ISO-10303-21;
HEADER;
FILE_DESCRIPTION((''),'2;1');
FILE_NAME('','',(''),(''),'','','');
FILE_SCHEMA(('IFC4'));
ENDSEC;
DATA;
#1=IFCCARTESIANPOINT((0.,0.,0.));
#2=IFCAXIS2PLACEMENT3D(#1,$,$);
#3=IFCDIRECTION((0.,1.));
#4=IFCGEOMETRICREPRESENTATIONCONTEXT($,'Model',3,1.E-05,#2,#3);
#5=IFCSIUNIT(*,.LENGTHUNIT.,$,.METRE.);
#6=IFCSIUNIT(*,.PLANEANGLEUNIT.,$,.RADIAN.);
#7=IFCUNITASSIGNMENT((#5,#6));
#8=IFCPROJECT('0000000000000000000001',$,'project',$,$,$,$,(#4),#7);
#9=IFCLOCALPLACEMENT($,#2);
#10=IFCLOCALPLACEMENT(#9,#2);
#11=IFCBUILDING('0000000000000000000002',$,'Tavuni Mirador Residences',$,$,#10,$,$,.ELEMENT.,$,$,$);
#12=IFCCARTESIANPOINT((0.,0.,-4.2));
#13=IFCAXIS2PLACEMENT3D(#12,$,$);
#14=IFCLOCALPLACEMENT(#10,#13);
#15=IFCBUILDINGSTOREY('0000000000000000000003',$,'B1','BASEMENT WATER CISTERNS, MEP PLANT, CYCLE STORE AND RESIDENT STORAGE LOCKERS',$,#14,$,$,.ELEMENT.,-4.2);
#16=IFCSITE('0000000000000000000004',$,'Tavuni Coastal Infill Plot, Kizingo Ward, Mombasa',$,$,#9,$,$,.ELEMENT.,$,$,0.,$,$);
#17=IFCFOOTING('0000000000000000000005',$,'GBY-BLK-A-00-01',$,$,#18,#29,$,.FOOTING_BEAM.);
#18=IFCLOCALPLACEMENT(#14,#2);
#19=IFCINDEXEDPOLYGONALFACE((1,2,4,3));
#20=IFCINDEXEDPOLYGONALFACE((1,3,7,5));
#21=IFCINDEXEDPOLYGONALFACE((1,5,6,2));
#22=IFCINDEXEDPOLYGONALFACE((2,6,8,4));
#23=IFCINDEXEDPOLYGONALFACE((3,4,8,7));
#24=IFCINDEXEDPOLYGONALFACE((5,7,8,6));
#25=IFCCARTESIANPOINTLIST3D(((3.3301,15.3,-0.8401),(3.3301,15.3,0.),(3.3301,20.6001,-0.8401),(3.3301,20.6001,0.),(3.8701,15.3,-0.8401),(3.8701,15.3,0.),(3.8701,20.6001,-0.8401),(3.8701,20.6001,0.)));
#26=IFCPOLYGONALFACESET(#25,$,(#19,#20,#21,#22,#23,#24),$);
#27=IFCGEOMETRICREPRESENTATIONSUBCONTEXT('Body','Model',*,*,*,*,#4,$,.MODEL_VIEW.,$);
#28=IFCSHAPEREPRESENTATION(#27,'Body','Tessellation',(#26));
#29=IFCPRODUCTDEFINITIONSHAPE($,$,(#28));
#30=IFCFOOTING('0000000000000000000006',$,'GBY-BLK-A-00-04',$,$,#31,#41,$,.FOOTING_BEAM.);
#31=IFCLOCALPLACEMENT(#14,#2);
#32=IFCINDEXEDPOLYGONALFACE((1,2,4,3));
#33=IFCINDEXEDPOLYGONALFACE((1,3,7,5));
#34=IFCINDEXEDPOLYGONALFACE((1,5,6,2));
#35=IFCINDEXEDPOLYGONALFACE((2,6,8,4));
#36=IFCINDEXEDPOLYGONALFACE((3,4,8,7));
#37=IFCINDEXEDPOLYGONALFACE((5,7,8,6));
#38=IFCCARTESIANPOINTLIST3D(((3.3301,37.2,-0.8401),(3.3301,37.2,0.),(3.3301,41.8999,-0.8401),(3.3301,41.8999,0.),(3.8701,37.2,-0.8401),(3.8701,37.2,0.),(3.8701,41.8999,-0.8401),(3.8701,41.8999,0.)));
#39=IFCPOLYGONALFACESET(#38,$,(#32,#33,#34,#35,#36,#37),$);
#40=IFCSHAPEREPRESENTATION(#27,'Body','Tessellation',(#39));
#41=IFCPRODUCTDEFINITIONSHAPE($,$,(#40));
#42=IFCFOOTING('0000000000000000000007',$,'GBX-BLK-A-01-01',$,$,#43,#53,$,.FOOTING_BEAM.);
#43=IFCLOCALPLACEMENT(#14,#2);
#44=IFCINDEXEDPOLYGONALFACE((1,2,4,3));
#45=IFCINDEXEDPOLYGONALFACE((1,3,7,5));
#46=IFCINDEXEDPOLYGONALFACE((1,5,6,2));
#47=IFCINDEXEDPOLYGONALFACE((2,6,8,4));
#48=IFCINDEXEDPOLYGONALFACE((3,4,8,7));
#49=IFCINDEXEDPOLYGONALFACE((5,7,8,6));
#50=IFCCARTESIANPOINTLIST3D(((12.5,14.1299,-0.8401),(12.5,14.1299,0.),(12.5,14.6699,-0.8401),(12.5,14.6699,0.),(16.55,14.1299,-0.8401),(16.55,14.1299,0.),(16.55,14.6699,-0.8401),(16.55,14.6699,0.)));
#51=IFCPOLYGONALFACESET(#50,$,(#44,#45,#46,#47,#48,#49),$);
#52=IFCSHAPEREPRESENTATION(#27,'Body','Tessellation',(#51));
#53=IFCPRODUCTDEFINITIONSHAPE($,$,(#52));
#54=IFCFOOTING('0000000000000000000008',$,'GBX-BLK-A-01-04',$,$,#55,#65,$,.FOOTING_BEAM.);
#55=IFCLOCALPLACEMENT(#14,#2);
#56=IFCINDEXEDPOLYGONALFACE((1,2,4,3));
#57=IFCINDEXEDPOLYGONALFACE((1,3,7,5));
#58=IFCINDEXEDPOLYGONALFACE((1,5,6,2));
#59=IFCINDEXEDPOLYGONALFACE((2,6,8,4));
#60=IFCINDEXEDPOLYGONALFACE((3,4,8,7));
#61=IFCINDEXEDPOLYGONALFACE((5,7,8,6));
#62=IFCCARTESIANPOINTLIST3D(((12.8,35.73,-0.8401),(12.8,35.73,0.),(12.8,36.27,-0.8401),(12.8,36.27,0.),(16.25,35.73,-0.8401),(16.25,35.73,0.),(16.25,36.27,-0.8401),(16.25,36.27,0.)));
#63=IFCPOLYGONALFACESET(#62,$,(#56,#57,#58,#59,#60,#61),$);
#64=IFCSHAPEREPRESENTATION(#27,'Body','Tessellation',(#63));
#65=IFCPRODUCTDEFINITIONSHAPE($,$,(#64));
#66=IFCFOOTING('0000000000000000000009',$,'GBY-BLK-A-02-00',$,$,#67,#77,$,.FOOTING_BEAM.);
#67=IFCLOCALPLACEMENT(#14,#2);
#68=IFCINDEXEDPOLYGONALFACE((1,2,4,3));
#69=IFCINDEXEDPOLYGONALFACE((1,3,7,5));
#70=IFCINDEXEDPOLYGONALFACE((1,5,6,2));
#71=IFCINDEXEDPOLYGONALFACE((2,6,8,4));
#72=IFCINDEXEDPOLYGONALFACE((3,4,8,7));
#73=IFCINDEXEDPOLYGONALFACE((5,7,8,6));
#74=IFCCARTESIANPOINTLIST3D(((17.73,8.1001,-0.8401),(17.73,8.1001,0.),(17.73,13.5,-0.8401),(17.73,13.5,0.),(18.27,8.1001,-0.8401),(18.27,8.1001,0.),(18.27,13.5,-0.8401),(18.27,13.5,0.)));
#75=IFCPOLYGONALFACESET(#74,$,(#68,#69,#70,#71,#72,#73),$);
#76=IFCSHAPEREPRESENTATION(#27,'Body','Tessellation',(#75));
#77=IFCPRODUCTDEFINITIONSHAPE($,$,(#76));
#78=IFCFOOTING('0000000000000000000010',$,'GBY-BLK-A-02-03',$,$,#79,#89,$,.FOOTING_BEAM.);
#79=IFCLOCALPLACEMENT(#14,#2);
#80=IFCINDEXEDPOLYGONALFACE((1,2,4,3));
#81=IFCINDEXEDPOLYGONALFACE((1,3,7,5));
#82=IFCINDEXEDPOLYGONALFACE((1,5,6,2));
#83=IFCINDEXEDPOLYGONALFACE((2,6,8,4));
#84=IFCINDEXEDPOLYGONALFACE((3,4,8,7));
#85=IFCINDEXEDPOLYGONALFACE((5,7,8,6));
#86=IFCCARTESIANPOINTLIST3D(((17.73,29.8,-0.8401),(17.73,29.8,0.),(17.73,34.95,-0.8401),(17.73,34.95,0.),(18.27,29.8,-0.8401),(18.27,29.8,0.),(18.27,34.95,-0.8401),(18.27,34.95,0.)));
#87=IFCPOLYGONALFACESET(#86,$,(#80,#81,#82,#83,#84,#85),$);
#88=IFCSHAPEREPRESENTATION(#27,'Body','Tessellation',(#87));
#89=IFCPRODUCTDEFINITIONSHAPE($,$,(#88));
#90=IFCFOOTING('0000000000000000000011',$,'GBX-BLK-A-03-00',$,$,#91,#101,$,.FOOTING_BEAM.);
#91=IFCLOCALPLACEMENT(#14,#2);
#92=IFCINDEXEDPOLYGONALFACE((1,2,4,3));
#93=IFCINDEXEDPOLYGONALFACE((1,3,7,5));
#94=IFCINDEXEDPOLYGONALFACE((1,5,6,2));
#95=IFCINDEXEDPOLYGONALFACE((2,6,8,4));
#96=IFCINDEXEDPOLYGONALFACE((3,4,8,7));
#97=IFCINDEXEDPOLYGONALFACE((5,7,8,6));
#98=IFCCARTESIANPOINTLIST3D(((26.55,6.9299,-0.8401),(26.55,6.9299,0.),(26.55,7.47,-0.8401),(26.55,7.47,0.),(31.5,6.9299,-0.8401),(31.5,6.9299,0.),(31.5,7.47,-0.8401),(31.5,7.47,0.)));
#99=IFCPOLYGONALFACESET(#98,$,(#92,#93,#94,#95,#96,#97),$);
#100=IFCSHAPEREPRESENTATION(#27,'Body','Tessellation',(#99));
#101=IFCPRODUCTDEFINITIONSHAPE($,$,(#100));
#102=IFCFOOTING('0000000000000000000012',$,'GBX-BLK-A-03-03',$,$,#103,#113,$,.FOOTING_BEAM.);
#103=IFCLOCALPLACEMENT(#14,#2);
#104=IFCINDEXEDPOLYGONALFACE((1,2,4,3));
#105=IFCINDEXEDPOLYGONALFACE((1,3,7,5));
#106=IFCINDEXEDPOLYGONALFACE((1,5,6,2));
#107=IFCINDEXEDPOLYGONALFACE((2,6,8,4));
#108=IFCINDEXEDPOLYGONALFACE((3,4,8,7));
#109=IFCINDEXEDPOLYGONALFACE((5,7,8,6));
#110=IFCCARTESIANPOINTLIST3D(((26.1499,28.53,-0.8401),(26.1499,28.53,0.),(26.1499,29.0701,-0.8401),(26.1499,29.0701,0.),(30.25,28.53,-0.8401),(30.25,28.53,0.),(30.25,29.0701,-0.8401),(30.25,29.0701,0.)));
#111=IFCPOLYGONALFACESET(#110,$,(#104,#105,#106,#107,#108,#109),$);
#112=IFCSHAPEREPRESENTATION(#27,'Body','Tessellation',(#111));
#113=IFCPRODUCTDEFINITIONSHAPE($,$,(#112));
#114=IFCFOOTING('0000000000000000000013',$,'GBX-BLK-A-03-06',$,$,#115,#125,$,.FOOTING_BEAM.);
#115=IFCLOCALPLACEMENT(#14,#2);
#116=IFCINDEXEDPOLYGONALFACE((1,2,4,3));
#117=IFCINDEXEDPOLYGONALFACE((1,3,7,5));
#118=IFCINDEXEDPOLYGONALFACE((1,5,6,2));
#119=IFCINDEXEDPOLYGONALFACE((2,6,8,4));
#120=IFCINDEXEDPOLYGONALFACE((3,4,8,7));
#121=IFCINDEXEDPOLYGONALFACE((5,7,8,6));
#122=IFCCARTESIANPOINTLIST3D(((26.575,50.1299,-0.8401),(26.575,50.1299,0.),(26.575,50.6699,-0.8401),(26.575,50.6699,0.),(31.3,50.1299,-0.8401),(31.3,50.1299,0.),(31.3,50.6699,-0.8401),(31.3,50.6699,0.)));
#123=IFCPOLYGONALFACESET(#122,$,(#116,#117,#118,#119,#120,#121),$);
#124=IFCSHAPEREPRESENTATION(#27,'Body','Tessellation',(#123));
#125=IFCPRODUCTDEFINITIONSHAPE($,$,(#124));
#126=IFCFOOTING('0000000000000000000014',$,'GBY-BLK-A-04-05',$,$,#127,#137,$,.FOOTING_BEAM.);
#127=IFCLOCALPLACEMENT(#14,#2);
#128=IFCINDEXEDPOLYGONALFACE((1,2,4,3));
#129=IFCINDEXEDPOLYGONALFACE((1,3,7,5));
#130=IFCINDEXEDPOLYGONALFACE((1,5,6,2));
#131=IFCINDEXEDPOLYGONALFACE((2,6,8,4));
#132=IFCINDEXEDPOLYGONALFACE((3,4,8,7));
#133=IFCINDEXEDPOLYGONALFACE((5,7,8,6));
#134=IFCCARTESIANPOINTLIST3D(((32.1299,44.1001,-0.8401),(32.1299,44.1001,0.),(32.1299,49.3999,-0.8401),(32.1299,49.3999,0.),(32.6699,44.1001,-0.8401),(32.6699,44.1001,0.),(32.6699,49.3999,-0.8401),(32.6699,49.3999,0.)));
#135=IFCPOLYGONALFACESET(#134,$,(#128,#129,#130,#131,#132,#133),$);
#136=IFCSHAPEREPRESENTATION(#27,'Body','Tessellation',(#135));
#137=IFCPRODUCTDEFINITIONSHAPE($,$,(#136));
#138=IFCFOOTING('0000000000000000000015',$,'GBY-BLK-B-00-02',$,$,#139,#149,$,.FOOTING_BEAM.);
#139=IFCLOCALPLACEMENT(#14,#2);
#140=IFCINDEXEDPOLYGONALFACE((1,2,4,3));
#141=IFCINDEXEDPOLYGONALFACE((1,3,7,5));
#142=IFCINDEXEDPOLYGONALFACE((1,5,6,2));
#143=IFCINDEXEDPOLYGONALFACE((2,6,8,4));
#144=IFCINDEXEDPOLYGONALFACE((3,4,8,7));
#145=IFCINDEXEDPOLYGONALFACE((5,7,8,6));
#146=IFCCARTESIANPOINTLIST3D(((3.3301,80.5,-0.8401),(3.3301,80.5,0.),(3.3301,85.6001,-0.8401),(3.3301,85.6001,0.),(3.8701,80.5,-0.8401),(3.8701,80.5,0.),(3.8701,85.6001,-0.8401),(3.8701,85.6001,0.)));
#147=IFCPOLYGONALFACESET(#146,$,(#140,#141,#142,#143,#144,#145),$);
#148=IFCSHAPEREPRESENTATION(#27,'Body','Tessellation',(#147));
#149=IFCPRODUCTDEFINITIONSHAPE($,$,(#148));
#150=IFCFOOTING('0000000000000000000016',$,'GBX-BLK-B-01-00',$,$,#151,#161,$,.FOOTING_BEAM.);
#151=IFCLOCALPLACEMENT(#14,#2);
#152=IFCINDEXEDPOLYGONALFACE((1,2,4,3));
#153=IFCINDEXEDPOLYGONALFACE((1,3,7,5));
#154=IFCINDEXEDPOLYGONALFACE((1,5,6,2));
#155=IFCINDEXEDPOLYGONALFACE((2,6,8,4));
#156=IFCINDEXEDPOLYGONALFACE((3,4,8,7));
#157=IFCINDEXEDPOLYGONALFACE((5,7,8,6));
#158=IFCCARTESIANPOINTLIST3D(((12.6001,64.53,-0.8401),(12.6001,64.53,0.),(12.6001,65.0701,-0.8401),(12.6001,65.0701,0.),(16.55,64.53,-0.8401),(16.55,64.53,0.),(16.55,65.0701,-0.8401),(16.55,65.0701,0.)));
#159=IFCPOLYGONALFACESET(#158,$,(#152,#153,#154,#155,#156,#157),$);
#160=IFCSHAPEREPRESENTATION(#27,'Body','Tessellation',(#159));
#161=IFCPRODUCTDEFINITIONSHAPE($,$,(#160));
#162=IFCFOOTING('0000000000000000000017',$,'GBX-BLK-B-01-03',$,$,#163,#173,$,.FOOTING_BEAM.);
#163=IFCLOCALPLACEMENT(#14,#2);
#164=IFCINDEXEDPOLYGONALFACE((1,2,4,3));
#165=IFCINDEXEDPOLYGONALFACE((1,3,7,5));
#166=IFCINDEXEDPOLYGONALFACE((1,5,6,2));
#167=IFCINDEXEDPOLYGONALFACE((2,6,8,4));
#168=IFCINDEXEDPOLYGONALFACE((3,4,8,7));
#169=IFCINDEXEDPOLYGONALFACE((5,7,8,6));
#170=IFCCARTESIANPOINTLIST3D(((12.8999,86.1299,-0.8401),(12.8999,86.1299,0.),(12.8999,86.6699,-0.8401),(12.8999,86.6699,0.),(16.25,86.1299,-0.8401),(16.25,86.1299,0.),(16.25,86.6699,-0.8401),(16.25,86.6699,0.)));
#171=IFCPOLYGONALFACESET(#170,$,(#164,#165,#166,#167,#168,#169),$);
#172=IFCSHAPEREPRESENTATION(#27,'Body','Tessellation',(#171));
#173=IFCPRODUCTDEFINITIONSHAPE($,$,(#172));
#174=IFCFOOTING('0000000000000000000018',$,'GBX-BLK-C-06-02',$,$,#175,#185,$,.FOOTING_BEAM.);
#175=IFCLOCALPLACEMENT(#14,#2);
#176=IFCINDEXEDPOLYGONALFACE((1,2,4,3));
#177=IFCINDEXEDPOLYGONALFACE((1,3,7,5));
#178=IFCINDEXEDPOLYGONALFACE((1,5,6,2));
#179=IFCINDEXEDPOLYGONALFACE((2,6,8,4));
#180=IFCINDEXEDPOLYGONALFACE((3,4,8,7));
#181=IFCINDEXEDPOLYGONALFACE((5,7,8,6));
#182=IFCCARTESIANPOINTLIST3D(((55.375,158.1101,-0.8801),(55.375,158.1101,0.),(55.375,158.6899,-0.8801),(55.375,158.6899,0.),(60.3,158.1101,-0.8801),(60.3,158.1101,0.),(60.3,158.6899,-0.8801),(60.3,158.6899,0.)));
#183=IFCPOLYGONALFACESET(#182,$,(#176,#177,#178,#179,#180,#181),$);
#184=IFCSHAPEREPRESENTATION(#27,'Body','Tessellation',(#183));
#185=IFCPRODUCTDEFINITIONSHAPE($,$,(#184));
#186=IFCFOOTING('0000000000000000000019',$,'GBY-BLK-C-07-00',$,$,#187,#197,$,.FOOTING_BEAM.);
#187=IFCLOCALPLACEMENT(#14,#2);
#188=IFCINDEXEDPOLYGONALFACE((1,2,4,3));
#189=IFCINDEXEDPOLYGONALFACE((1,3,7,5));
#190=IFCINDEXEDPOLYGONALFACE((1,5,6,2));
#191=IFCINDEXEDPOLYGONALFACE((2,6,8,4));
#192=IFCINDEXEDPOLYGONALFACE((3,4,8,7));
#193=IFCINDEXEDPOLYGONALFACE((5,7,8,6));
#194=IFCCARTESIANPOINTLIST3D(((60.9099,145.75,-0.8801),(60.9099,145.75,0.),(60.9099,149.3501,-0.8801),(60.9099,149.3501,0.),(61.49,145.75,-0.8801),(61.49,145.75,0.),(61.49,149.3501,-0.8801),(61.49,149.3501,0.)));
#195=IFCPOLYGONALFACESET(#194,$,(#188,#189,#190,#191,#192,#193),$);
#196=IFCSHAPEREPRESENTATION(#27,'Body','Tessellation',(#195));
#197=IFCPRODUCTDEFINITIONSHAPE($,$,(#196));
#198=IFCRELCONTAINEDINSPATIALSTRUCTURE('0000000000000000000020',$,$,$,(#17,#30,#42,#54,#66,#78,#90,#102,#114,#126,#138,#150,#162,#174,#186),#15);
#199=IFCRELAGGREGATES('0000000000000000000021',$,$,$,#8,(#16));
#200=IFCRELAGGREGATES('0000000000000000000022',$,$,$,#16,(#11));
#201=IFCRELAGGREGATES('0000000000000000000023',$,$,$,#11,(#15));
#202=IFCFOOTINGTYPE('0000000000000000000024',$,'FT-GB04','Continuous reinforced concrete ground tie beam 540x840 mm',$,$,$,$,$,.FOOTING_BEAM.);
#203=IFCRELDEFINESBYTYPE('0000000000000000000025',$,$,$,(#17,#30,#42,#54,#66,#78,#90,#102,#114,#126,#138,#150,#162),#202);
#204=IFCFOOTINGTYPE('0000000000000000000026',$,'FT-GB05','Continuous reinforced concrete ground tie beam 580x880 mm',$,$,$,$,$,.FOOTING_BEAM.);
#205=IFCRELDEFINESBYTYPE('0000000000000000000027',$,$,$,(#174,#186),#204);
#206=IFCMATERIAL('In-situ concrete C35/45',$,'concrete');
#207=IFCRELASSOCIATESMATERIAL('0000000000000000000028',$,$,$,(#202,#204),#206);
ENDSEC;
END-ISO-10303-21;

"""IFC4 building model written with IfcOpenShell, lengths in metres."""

from ifc_helpers import new_model, si_unit, direction, frame, origin, place, context, subcontext, project, spatial, polyline, outline, extrude, material, type_object, element, save


model = new_model("IFC4")

# Units and contexts
model_context = context("Model", 3, precision=1e-05, world=origin(), true_north=direction((0.0, 1.0)))
body_context = subcontext(model_context, "Body", "Model", "MODEL_VIEW")
ifc_project = project(units=[si_unit("LENGTHUNIT", "METRE"), si_unit("PLANEANGLEUNIT", "RADIAN")], contexts=[model_context])

# Site, building, storey
site_placement = place(None, origin())
site = spatial("IfcSite", under=ifc_project, at=site_placement, Name="Tavuni Coastal Infill Plot, Kizingo Ward, Mombasa", CompositionType="ELEMENT", RefElevation=0.0)
building_placement = place(site_placement, origin())
building = spatial("IfcBuilding", under=site, at=building_placement, Name="Tavuni Mirador Residences", CompositionType="ELEMENT")
storey_placement = place(building_placement, frame((0.0, 0.0, -4.2)))
storey = spatial("IfcBuildingStorey", under=building, at=storey_placement, Name="B1", Description="BASEMENT WATER CISTERNS, MEP PLANT, CYCLE STORE AND RESIDENT STORAGE LOCKERS", CompositionType="ELEMENT", Elevation=-4.2)

# Footings
ifc_material = material(Name="In-situ concrete C35/45", Category="concrete")
footing_type_1 = type_object("IfcFootingType", Name="FT-GB04", Description="Continuous reinforced concrete ground tie beam 540x840 mm", PredefinedType="FOOTING_BEAM", material=ifc_material)
footing_1_placement = place(storey_placement, frame((0.0, 0.0, -0.8401)))
element("IfcFooting", 1, at=footing_1_placement, inside=storey, type_object=footing_type_1, Name="GBY-BLK-A-00-01", PredefinedType="FOOTING_BEAM", context=body_context, shape_type="SweptSolid", body=[
    extrude(outline(polyline([(3.3301, 15.3), (3.8701, 15.3), (3.8701, 20.6001), (3.3301, 20.6001), (3.3301, 15.3)])), origin(), (0.0, 0.0, 1.0), 0.8401),
])
footing_2_placement = place(storey_placement, frame((0.0, 0.0, -0.8401)))
element("IfcFooting", 2, at=footing_2_placement, inside=storey, type_object=footing_type_1, Name="GBY-BLK-A-00-04", PredefinedType="FOOTING_BEAM", context=body_context, shape_type="SweptSolid", body=[
    extrude(outline(polyline([(3.3301, 37.2), (3.8701, 37.2), (3.8701, 41.8999), (3.3301, 41.8999), (3.3301, 37.2)])), origin(), (0.0, 0.0, 1.0), 0.8401),
])
footing_3_placement = place(storey_placement, frame((0.0, 0.0, -0.8401)))
element("IfcFooting", 3, at=footing_3_placement, inside=storey, type_object=footing_type_1, Name="GBX-BLK-A-01-01", PredefinedType="FOOTING_BEAM", context=body_context, shape_type="SweptSolid", body=[
    extrude(outline(polyline([(12.5, 14.1299), (16.55, 14.1299), (16.55, 14.6699), (12.5, 14.6699), (12.5, 14.1299)])), origin(), (0.0, 0.0, 1.0), 0.8401),
])
footing_4_placement = place(storey_placement, frame((0.0, 0.0, -0.8401)))
element("IfcFooting", 4, at=footing_4_placement, inside=storey, type_object=footing_type_1, Name="GBX-BLK-A-01-04", PredefinedType="FOOTING_BEAM", context=body_context, shape_type="SweptSolid", body=[
    extrude(outline(polyline([(12.8, 35.73), (16.25, 35.73), (16.25, 36.27), (12.8, 36.27), (12.8, 35.73)])), origin(), (0.0, 0.0, 1.0), 0.8401),
])
footing_5_placement = place(storey_placement, frame((0.0, 0.0, -0.8401)))
element("IfcFooting", 5, at=footing_5_placement, inside=storey, type_object=footing_type_1, Name="GBY-BLK-A-02-00", PredefinedType="FOOTING_BEAM", context=body_context, shape_type="SweptSolid", body=[
    extrude(outline(polyline([(17.73, 8.1001), (18.27, 8.1001), (18.27, 13.5), (17.73, 13.5), (17.73, 8.1001)])), origin(), (0.0, 0.0, 1.0), 0.8401),
])
footing_6_placement = place(storey_placement, frame((0.0, 0.0, -0.8401)))
element("IfcFooting", 6, at=footing_6_placement, inside=storey, type_object=footing_type_1, Name="GBY-BLK-A-02-03", PredefinedType="FOOTING_BEAM", context=body_context, shape_type="SweptSolid", body=[
    extrude(outline(polyline([(17.73, 29.8), (18.27, 29.8), (18.27, 34.95), (17.73, 34.95), (17.73, 29.8)])), origin(), (0.0, 0.0, 1.0), 0.8401),
])
footing_7_placement = place(storey_placement, frame((0.0, 0.0, -0.8401)))
element("IfcFooting", 7, at=footing_7_placement, inside=storey, type_object=footing_type_1, Name="GBX-BLK-A-03-00", PredefinedType="FOOTING_BEAM", context=body_context, shape_type="SweptSolid", body=[
    extrude(outline(polyline([(26.55, 6.9299), (31.5, 6.9299), (31.5, 7.47), (26.55, 7.47), (26.55, 6.9299)])), origin(), (0.0, 0.0, 1.0), 0.8401),
])
footing_8_placement = place(storey_placement, frame((0.0, 0.0, -0.8401)))
element("IfcFooting", 8, at=footing_8_placement, inside=storey, type_object=footing_type_1, Name="GBX-BLK-A-03-03", PredefinedType="FOOTING_BEAM", context=body_context, shape_type="SweptSolid", body=[
    extrude(outline(polyline([(26.1499, 28.53), (30.25, 28.53), (30.25, 29.0701), (26.1499, 29.0701), (26.1499, 28.53)])), origin(), (0.0, 0.0, 1.0), 0.8401),
])
footing_9_placement = place(storey_placement, frame((0.0, 0.0, -0.8401)))
element("IfcFooting", 9, at=footing_9_placement, inside=storey, type_object=footing_type_1, Name="GBX-BLK-A-03-06", PredefinedType="FOOTING_BEAM", context=body_context, shape_type="SweptSolid", body=[
    extrude(outline(polyline([(26.575, 50.1299), (31.3, 50.1299), (31.3, 50.6699), (26.575, 50.6699), (26.575, 50.1299)])), origin(), (0.0, 0.0, 1.0), 0.8401),
])
footing_10_placement = place(storey_placement, frame((0.0, 0.0, -0.8401)))
element("IfcFooting", 10, at=footing_10_placement, inside=storey, type_object=footing_type_1, Name="GBY-BLK-A-04-05", PredefinedType="FOOTING_BEAM", context=body_context, shape_type="SweptSolid", body=[
    extrude(outline(polyline([(32.1299, 44.1001), (32.6699, 44.1001), (32.6699, 49.3999), (32.1299, 49.3999), (32.1299, 44.1001)])), origin(), (0.0, 0.0, 1.0), 0.8401),
])
footing_11_placement = place(storey_placement, frame((0.0, 0.0, -0.8401)))
element("IfcFooting", 11, at=footing_11_placement, inside=storey, type_object=footing_type_1, Name="GBY-BLK-B-00-02", PredefinedType="FOOTING_BEAM", context=body_context, shape_type="SweptSolid", body=[
    extrude(outline(polyline([(3.3301, 80.5), (3.8701, 80.5), (3.8701, 85.6001), (3.3301, 85.6001), (3.3301, 80.5)])), origin(), (0.0, 0.0, 1.0), 0.8401),
])
footing_12_placement = place(storey_placement, frame((0.0, 0.0, -0.8401)))
element("IfcFooting", 12, at=footing_12_placement, inside=storey, type_object=footing_type_1, Name="GBX-BLK-B-01-00", PredefinedType="FOOTING_BEAM", context=body_context, shape_type="SweptSolid", body=[
    extrude(outline(polyline([(12.6001, 64.53), (16.55, 64.53), (16.55, 65.0701), (12.6001, 65.0701), (12.6001, 64.53)])), origin(), (0.0, 0.0, 1.0), 0.8401),
])
footing_13_placement = place(storey_placement, frame((0.0, 0.0, -0.8401)))
element("IfcFooting", 13, at=footing_13_placement, inside=storey, type_object=footing_type_1, Name="GBX-BLK-B-01-03", PredefinedType="FOOTING_BEAM", context=body_context, shape_type="SweptSolid", body=[
    extrude(outline(polyline([(12.8999, 86.1299), (16.25, 86.1299), (16.25, 86.6699), (12.8999, 86.6699), (12.8999, 86.1299)])), origin(), (0.0, 0.0, 1.0), 0.8401),
])
footing_type_2 = type_object("IfcFootingType", Name="FT-GB05", Description="Continuous reinforced concrete ground tie beam 580x880 mm", PredefinedType="FOOTING_BEAM", material=ifc_material)
footing_14_placement = place(storey_placement, frame((0.0, 0.0, -0.8801)))
element("IfcFooting", 14, at=footing_14_placement, inside=storey, type_object=footing_type_2, Name="GBX-BLK-C-06-02", PredefinedType="FOOTING_BEAM", context=body_context, shape_type="SweptSolid", body=[
    extrude(outline(polyline([(55.375, 158.1101), (60.3, 158.1101), (60.3, 158.6899), (55.375, 158.6899), (55.375, 158.1101)])), origin(), (0.0, 0.0, 1.0), 0.8801),
])
footing_15_placement = place(storey_placement, frame((0.0, 0.0, -0.8801)))
element("IfcFooting", 15, at=footing_15_placement, inside=storey, type_object=footing_type_2, Name="GBY-BLK-C-07-00", PredefinedType="FOOTING_BEAM", context=body_context, shape_type="SweptSolid", body=[
    extrude(outline(polyline([(60.9099, 145.75), (61.49, 145.75), (61.49, 149.3501), (60.9099, 149.3501), (60.9099, 145.75)])), origin(), (0.0, 0.0, 1.0), 0.8801),
])

save(model, "model.ifc")
